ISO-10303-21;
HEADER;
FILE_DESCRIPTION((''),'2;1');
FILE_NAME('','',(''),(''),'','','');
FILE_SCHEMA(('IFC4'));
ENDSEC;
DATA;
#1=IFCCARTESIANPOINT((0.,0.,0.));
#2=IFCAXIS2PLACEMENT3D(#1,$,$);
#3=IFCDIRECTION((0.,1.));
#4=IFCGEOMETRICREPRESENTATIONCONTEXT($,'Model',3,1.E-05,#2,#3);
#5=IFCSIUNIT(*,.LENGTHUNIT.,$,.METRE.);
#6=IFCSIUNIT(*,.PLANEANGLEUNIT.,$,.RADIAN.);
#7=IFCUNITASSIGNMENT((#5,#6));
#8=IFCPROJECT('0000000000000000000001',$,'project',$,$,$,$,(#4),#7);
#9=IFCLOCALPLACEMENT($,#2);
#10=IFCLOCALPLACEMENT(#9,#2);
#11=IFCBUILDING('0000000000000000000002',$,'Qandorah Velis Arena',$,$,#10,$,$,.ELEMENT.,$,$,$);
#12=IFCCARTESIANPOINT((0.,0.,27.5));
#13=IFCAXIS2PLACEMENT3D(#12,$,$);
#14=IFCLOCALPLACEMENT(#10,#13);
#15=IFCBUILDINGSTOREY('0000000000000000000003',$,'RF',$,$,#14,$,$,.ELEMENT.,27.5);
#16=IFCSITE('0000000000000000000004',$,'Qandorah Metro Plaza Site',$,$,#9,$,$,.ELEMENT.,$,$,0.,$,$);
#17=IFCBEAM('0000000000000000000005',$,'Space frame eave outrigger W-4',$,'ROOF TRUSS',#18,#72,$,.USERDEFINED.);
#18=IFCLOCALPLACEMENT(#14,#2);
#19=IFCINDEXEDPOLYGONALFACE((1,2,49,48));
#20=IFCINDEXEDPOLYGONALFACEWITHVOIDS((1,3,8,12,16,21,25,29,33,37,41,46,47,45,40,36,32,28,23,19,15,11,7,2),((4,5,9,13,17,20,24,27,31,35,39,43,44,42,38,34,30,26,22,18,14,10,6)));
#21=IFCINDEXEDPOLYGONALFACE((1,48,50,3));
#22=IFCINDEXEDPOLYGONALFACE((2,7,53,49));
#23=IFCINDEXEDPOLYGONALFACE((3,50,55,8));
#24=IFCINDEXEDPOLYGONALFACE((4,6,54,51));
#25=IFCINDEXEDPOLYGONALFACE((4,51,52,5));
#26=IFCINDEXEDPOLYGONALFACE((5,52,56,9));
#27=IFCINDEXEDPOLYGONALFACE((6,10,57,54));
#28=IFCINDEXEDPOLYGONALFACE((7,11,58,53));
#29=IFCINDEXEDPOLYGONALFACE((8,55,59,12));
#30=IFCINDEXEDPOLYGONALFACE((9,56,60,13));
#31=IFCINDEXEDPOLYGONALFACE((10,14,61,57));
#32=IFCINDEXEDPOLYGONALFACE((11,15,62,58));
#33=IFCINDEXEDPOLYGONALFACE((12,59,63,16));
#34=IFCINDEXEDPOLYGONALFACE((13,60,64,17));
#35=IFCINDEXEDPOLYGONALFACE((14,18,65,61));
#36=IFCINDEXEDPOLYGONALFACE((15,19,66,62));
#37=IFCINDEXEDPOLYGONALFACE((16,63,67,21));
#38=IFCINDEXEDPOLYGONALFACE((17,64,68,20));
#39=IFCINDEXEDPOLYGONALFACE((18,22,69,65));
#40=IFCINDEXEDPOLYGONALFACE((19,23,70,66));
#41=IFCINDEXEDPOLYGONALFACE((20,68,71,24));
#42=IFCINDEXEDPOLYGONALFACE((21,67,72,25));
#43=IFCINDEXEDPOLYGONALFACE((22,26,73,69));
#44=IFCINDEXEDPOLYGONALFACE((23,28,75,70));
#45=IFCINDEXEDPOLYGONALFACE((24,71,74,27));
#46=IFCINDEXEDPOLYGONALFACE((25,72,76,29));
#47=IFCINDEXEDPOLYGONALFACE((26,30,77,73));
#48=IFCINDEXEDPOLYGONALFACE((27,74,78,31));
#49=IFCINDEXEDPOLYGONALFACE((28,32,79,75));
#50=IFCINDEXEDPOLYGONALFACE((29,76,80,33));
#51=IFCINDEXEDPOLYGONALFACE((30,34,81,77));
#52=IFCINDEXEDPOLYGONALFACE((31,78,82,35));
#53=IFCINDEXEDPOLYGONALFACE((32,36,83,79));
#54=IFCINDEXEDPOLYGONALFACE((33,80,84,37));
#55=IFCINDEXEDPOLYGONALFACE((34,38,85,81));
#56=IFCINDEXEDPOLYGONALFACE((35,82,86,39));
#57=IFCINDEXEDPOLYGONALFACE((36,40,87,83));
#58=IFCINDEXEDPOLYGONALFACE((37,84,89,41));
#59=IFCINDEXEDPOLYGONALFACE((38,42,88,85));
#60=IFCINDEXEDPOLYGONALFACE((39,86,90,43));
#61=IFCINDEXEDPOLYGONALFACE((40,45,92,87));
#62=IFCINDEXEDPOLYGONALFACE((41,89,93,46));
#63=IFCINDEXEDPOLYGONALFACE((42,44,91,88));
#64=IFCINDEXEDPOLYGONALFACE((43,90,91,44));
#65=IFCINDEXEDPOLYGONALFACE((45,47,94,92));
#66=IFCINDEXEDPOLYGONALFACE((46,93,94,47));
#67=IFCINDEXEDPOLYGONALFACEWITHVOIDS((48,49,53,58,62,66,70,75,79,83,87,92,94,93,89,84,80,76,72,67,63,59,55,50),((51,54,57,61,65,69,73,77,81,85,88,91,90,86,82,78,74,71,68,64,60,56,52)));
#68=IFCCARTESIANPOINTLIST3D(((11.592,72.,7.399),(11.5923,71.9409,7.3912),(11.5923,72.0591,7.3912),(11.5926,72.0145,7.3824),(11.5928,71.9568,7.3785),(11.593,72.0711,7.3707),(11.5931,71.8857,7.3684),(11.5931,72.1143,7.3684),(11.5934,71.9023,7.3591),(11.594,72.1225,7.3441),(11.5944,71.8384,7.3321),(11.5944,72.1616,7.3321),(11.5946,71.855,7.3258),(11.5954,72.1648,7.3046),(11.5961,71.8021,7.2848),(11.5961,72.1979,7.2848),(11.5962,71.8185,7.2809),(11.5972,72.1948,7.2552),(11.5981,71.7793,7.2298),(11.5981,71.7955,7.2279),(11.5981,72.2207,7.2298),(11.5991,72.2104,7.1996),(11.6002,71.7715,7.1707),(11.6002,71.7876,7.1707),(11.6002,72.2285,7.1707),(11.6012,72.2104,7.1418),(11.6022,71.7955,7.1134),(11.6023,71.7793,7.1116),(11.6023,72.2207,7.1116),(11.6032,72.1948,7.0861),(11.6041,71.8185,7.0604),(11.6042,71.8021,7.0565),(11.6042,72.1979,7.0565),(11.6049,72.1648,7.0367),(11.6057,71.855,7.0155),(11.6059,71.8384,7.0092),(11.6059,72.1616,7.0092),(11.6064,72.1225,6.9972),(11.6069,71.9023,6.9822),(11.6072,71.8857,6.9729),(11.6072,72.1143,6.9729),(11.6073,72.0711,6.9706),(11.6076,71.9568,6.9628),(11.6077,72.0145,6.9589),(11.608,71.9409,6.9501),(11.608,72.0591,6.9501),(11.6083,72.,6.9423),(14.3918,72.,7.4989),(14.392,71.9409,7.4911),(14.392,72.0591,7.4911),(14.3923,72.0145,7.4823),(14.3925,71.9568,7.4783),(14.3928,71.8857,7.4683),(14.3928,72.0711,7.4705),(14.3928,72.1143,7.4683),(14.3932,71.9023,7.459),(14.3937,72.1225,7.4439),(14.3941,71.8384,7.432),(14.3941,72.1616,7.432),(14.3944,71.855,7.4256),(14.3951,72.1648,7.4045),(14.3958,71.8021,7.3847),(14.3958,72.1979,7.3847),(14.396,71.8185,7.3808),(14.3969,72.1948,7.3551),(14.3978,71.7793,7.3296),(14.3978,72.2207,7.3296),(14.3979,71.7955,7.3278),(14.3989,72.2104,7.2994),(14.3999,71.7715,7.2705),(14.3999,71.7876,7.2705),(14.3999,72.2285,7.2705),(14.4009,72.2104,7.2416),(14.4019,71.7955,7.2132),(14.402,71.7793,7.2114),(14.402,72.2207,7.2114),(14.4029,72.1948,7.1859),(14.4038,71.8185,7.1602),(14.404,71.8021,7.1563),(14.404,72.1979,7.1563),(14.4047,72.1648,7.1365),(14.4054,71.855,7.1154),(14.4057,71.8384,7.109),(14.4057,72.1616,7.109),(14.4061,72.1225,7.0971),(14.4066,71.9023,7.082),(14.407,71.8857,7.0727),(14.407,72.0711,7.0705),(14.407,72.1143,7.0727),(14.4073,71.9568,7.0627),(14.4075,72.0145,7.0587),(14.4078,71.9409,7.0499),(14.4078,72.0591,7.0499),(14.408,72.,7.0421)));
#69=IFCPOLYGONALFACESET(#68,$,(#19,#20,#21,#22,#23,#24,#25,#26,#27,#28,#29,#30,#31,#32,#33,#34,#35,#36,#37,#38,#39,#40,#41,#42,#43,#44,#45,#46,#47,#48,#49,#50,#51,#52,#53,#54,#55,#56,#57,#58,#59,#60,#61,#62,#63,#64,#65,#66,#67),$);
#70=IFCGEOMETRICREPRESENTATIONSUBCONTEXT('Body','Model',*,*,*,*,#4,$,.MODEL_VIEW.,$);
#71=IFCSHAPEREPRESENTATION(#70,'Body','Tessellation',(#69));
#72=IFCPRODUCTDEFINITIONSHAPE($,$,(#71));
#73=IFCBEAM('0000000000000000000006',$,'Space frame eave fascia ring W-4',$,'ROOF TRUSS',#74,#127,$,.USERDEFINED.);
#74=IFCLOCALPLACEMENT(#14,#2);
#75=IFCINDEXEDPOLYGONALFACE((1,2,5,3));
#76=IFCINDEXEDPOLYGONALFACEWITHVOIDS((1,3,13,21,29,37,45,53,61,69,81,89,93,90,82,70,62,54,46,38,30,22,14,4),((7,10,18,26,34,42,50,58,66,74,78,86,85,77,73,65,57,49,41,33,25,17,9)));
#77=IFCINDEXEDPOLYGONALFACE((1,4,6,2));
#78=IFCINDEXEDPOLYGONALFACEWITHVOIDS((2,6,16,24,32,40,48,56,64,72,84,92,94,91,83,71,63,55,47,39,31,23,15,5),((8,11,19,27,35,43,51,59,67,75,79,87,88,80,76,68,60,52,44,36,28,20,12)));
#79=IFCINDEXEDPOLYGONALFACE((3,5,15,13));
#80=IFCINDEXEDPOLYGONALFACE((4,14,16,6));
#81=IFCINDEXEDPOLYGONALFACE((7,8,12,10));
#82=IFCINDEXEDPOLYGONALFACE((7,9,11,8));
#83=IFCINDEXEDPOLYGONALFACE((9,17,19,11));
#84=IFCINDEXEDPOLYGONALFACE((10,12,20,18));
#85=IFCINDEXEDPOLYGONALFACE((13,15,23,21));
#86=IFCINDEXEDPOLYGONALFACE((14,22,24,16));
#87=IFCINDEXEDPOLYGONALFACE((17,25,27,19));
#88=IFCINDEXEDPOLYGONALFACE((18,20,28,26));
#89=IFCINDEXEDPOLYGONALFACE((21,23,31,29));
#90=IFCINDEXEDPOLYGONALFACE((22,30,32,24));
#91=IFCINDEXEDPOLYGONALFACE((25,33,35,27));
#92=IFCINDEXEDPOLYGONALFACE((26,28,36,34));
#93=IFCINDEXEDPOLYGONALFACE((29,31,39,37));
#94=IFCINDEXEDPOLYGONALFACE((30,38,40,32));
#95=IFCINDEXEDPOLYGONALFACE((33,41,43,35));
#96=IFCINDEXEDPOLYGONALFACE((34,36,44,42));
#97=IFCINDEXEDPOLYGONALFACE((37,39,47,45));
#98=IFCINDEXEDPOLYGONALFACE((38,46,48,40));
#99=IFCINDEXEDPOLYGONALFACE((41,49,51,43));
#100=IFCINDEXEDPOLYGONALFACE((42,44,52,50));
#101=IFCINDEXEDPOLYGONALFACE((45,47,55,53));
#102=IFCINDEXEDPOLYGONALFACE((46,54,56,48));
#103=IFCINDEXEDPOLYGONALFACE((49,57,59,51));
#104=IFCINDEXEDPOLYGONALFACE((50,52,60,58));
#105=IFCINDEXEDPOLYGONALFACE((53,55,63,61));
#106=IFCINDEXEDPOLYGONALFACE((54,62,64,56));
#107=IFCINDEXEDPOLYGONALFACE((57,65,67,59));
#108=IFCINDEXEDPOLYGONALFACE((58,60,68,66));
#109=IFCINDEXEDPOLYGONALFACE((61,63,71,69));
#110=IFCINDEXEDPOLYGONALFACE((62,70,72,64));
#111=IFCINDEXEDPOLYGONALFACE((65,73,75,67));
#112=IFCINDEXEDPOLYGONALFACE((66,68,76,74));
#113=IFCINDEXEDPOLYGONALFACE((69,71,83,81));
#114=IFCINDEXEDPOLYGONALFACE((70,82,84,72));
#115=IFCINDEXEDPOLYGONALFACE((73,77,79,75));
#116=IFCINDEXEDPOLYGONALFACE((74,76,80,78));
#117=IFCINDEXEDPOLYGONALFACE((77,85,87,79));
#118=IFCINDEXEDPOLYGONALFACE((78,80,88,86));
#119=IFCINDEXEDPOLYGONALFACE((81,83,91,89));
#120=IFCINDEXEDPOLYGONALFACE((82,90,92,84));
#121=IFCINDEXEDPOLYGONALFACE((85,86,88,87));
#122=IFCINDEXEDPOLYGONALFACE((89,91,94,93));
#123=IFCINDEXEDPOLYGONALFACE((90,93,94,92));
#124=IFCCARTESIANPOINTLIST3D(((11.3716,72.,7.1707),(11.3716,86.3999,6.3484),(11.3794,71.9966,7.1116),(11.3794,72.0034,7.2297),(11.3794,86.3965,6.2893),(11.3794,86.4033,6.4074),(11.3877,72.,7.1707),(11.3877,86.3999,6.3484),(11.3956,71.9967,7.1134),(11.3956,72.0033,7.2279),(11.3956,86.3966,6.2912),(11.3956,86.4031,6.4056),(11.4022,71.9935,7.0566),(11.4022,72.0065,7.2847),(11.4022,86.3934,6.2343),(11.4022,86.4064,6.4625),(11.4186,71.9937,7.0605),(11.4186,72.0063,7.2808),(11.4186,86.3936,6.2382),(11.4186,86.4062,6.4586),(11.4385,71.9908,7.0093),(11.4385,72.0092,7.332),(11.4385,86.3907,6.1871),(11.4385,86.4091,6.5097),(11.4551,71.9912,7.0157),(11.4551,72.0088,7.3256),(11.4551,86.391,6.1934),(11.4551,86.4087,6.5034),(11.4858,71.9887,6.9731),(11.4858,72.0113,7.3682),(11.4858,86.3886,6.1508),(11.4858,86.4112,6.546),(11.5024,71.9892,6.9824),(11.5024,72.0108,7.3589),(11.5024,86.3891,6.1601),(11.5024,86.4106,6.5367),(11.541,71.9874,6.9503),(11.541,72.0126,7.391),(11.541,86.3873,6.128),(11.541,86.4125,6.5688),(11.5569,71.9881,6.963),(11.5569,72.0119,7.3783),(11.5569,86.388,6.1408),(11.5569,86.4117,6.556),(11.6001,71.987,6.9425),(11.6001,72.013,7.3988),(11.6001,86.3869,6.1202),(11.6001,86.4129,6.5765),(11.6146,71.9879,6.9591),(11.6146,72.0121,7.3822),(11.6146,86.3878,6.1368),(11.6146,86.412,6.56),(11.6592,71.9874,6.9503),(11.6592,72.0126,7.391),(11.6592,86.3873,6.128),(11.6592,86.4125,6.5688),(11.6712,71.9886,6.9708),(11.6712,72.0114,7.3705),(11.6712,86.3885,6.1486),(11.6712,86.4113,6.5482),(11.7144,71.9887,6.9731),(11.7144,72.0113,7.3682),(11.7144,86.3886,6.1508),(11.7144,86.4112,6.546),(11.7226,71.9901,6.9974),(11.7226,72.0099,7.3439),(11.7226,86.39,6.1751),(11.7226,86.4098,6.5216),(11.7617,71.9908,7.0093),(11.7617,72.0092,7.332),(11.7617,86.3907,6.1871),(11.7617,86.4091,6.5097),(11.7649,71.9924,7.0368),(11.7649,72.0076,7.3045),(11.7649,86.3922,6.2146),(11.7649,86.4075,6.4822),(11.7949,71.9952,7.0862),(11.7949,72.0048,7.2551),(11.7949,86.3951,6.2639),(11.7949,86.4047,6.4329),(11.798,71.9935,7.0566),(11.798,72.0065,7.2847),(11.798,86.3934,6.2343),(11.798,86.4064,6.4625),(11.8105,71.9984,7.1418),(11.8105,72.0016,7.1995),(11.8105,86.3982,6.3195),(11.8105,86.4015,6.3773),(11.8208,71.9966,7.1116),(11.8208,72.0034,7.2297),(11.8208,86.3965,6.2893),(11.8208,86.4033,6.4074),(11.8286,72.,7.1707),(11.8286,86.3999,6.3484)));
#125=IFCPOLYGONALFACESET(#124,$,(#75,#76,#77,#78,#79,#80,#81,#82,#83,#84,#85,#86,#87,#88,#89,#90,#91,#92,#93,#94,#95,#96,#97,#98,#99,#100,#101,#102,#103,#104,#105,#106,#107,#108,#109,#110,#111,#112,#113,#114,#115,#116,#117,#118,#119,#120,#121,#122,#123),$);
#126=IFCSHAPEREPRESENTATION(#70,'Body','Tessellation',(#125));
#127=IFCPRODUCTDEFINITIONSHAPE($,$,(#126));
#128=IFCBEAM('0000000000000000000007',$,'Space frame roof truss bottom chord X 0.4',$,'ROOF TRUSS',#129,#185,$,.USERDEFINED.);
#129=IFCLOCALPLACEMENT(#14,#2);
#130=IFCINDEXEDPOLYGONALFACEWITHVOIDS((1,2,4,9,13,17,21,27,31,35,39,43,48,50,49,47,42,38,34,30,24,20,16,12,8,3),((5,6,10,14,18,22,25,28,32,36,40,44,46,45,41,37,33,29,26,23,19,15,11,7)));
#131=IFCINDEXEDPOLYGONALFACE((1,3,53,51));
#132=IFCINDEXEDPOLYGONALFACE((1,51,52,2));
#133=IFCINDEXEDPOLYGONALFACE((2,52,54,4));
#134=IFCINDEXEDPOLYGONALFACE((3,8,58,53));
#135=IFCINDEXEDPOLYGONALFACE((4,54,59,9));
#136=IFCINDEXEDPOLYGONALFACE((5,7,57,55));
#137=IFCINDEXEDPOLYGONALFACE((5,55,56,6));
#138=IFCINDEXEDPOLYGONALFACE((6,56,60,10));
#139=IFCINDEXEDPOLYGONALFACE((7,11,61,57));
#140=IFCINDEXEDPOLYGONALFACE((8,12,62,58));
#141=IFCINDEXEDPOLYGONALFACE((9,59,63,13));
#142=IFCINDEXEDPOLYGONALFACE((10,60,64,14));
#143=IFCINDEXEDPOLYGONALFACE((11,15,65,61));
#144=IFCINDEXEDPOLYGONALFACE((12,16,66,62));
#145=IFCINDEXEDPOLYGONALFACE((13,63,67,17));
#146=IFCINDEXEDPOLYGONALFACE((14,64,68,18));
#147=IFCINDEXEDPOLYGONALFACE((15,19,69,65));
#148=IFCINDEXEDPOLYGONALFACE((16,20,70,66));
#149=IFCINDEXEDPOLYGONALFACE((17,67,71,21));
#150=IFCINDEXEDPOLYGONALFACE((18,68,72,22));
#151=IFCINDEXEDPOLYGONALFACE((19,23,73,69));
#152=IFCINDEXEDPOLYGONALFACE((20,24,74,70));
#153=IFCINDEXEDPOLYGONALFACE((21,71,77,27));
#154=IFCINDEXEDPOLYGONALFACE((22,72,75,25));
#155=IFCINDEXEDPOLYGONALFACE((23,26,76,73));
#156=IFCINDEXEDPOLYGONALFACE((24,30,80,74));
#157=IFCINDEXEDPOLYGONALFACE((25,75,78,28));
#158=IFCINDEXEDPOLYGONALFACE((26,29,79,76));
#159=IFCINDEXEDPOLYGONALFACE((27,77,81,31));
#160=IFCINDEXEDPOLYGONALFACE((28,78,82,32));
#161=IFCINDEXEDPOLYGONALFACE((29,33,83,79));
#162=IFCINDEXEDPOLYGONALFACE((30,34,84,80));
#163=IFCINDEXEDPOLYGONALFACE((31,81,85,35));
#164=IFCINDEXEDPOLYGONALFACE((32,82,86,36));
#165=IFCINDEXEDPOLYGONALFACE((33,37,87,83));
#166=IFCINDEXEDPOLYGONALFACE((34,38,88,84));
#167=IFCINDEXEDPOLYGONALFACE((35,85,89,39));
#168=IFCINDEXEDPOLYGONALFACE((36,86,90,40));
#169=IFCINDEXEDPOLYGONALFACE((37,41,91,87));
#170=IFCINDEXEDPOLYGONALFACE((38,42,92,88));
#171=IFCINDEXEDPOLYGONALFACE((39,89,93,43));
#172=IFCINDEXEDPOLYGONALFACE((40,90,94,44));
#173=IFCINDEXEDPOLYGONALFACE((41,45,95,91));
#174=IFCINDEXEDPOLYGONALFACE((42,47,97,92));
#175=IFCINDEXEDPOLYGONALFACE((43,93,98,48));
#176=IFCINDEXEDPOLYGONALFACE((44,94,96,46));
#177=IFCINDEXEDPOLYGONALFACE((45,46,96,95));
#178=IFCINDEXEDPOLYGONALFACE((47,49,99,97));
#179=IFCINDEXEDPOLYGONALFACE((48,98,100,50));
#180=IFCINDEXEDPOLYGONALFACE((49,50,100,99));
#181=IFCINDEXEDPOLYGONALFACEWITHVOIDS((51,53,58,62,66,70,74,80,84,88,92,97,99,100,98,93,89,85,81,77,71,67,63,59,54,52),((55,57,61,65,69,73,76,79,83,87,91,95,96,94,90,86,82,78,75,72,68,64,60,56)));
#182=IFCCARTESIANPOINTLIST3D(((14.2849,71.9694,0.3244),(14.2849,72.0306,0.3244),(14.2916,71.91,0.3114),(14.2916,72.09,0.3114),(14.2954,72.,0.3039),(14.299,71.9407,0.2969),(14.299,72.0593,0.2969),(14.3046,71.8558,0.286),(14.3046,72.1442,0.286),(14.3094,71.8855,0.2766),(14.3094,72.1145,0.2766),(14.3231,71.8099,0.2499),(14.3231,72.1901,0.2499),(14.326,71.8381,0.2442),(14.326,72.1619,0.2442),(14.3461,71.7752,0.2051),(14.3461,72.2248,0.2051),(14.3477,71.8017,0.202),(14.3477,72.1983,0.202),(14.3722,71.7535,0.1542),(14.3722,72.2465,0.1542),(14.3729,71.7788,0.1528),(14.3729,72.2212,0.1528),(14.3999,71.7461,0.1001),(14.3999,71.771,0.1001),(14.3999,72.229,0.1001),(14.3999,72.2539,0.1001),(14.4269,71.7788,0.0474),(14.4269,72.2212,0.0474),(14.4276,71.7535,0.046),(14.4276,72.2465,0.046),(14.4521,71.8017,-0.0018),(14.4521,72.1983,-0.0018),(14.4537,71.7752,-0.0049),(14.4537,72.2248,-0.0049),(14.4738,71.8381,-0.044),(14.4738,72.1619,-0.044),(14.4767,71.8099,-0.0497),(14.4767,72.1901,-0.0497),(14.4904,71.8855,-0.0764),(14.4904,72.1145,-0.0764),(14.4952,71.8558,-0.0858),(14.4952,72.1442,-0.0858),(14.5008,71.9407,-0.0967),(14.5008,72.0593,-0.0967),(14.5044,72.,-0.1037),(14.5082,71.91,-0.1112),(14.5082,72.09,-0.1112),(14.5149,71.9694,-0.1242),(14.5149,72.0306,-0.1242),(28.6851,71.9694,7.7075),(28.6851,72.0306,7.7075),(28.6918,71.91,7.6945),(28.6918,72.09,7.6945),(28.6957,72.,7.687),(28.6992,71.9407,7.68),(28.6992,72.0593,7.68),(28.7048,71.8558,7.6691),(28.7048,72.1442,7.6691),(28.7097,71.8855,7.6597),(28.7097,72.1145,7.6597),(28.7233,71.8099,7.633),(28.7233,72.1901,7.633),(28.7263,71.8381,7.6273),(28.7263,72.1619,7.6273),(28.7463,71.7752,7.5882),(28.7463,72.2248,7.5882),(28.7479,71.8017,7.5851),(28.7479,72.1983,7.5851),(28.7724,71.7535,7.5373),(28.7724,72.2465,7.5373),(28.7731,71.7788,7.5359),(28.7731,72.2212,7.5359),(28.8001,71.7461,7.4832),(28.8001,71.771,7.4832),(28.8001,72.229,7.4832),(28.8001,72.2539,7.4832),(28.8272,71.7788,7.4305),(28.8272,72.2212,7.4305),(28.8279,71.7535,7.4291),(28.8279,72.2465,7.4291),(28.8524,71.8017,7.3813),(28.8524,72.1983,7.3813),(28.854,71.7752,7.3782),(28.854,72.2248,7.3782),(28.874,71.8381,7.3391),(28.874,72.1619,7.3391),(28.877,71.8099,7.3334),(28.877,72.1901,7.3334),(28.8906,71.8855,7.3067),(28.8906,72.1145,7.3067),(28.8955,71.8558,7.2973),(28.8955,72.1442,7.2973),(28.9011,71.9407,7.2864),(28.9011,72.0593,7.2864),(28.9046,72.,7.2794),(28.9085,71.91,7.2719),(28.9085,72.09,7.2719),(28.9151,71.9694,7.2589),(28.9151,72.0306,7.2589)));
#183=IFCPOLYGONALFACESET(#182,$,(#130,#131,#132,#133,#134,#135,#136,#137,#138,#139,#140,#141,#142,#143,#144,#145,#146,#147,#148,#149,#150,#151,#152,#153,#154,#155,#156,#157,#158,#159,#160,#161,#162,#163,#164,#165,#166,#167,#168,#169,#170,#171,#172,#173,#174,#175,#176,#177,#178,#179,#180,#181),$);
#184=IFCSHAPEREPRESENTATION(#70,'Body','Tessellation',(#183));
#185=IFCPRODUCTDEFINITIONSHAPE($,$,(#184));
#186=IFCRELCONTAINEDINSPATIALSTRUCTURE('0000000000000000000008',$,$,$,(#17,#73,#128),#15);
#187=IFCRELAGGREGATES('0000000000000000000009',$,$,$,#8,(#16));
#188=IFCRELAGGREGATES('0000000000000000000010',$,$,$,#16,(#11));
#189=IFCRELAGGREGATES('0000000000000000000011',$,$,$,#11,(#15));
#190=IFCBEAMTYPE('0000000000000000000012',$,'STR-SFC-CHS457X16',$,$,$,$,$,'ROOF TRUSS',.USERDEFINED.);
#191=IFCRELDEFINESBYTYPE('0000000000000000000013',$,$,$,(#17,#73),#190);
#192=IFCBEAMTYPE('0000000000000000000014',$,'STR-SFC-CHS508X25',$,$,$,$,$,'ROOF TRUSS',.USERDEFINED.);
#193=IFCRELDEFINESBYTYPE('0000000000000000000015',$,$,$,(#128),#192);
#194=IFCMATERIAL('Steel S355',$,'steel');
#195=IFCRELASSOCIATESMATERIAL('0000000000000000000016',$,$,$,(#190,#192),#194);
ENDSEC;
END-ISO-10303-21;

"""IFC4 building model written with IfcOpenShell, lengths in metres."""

from ifc_helpers import new_model, si_unit, direction, frame, origin, origin_2d, place, context, subcontext, project, spatial, hollow_circle, extrude, material, material_profile, profile_set, type_object, element, save


model = new_model("IFC4")

# Units and contexts
model_context = context("Model", 3, precision=1e-05, world=origin(), true_north=direction((0.0, 1.0)))
body_context = subcontext(model_context, "Body", "Model", "MODEL_VIEW")
ifc_project = project(units=[si_unit("LENGTHUNIT", "METRE"), si_unit("PLANEANGLEUNIT", "RADIAN")], contexts=[model_context])

# Site, building, storey
site_placement = place(None, origin())
site = spatial("IfcSite", under=ifc_project, at=site_placement, Name="Qandorah Metro Plaza Site", CompositionType="ELEMENT", RefElevation=0.0)
building_placement = place(site_placement, origin())
building = spatial("IfcBuilding", under=site, at=building_placement, Name="Qandorah Velis Arena", CompositionType="ELEMENT")
storey_placement = place(building_placement, frame((0.0, 0.0, 27.5)))
storey = spatial("IfcBuildingStorey", under=building, at=storey_placement, Name="RF", CompositionType="ELEMENT", Elevation=27.5)

# Beams
ifc_material_1 = material(Name="Steel S355", Category="steel")
ifc_material_profile_1 = material_profile(ifc_material_1, hollow_circle(Radius=0.2285, WallThickness=0.0161, at=origin_2d()), Name="CHS 457x16")
ifc_profile_set_1 = profile_set([ifc_material_profile_1], Name="Steel S355")
beam_type_1 = type_object("IfcBeamType", Name="STR-SFC-CHS457X16", ElementType="ROOF TRUSS", PredefinedType="USERDEFINED", material=ifc_profile_set_1)
beam_1_placement = place(storey_placement, frame((14.3999, 72.0, 7.2705), z_axis=(-0.999365, 0.0, -0.035642), x_axis=(0.0, -1.0, 0.0)))
element("IfcBeam", 1, at=beam_1_placement, inside=storey, type_object=beam_type_1, Name="Space frame eave outrigger W-4", ObjectType="ROOF TRUSS", PredefinedType="USERDEFINED", context=body_context, shape_type="SweptSolid", body=[
    extrude(hollow_circle(Radius=0.2285, WallThickness=0.0161, at=origin_2d()), origin(), (0.0, 0.0, 1.0), 2.8015),
])
beam_2_placement = place(storey_placement, frame((11.6001, 72.0, 7.1707), z_axis=(0.0, 0.998374, -0.057009), x_axis=(-1.0, 0.0, 0.0)))
element("IfcBeam", 2, at=beam_2_placement, inside=storey, type_object=beam_type_1, Name="Space frame eave fascia ring W-4", ObjectType="ROOF TRUSS", PredefinedType="USERDEFINED", context=body_context, shape_type="SweptSolid", body=[
    extrude(hollow_circle(Radius=0.2285, WallThickness=0.0161, at=origin_2d()), origin(), (0.0, 0.0, 1.0), 14.4233),
])
ifc_material_profile_2 = material_profile(ifc_material_1, hollow_circle(Radius=0.2539, WallThickness=0.0249, at=origin_2d()), Name="CHS 508x25")
ifc_profile_set_2 = profile_set([ifc_material_profile_2], Name="Steel S355")
beam_type_2 = type_object("IfcBeamType", Name="STR-SFC-CHS508X25", ElementType="ROOF TRUSS", PredefinedType="USERDEFINED", material=ifc_profile_set_2)
beam_3_placement = place(storey_placement, frame((14.3999, 72.0, 0.1001), z_axis=(0.889858, 0.0, 0.456237), x_axis=(0.0, 1.0, 0.0)))
element("IfcBeam", 3, at=beam_3_placement, inside=storey, type_object=beam_type_2, Name="Space frame roof truss bottom chord X 0.4", ObjectType="ROOF TRUSS", PredefinedType="USERDEFINED", context=body_context, shape_type="SweptSolid", body=[
    extrude(hollow_circle(Radius=0.2539, WallThickness=0.0249, at=origin_2d()), origin(), (0.0, 0.0, 1.0), 16.1826),
])

save(model, "model.ifc")
